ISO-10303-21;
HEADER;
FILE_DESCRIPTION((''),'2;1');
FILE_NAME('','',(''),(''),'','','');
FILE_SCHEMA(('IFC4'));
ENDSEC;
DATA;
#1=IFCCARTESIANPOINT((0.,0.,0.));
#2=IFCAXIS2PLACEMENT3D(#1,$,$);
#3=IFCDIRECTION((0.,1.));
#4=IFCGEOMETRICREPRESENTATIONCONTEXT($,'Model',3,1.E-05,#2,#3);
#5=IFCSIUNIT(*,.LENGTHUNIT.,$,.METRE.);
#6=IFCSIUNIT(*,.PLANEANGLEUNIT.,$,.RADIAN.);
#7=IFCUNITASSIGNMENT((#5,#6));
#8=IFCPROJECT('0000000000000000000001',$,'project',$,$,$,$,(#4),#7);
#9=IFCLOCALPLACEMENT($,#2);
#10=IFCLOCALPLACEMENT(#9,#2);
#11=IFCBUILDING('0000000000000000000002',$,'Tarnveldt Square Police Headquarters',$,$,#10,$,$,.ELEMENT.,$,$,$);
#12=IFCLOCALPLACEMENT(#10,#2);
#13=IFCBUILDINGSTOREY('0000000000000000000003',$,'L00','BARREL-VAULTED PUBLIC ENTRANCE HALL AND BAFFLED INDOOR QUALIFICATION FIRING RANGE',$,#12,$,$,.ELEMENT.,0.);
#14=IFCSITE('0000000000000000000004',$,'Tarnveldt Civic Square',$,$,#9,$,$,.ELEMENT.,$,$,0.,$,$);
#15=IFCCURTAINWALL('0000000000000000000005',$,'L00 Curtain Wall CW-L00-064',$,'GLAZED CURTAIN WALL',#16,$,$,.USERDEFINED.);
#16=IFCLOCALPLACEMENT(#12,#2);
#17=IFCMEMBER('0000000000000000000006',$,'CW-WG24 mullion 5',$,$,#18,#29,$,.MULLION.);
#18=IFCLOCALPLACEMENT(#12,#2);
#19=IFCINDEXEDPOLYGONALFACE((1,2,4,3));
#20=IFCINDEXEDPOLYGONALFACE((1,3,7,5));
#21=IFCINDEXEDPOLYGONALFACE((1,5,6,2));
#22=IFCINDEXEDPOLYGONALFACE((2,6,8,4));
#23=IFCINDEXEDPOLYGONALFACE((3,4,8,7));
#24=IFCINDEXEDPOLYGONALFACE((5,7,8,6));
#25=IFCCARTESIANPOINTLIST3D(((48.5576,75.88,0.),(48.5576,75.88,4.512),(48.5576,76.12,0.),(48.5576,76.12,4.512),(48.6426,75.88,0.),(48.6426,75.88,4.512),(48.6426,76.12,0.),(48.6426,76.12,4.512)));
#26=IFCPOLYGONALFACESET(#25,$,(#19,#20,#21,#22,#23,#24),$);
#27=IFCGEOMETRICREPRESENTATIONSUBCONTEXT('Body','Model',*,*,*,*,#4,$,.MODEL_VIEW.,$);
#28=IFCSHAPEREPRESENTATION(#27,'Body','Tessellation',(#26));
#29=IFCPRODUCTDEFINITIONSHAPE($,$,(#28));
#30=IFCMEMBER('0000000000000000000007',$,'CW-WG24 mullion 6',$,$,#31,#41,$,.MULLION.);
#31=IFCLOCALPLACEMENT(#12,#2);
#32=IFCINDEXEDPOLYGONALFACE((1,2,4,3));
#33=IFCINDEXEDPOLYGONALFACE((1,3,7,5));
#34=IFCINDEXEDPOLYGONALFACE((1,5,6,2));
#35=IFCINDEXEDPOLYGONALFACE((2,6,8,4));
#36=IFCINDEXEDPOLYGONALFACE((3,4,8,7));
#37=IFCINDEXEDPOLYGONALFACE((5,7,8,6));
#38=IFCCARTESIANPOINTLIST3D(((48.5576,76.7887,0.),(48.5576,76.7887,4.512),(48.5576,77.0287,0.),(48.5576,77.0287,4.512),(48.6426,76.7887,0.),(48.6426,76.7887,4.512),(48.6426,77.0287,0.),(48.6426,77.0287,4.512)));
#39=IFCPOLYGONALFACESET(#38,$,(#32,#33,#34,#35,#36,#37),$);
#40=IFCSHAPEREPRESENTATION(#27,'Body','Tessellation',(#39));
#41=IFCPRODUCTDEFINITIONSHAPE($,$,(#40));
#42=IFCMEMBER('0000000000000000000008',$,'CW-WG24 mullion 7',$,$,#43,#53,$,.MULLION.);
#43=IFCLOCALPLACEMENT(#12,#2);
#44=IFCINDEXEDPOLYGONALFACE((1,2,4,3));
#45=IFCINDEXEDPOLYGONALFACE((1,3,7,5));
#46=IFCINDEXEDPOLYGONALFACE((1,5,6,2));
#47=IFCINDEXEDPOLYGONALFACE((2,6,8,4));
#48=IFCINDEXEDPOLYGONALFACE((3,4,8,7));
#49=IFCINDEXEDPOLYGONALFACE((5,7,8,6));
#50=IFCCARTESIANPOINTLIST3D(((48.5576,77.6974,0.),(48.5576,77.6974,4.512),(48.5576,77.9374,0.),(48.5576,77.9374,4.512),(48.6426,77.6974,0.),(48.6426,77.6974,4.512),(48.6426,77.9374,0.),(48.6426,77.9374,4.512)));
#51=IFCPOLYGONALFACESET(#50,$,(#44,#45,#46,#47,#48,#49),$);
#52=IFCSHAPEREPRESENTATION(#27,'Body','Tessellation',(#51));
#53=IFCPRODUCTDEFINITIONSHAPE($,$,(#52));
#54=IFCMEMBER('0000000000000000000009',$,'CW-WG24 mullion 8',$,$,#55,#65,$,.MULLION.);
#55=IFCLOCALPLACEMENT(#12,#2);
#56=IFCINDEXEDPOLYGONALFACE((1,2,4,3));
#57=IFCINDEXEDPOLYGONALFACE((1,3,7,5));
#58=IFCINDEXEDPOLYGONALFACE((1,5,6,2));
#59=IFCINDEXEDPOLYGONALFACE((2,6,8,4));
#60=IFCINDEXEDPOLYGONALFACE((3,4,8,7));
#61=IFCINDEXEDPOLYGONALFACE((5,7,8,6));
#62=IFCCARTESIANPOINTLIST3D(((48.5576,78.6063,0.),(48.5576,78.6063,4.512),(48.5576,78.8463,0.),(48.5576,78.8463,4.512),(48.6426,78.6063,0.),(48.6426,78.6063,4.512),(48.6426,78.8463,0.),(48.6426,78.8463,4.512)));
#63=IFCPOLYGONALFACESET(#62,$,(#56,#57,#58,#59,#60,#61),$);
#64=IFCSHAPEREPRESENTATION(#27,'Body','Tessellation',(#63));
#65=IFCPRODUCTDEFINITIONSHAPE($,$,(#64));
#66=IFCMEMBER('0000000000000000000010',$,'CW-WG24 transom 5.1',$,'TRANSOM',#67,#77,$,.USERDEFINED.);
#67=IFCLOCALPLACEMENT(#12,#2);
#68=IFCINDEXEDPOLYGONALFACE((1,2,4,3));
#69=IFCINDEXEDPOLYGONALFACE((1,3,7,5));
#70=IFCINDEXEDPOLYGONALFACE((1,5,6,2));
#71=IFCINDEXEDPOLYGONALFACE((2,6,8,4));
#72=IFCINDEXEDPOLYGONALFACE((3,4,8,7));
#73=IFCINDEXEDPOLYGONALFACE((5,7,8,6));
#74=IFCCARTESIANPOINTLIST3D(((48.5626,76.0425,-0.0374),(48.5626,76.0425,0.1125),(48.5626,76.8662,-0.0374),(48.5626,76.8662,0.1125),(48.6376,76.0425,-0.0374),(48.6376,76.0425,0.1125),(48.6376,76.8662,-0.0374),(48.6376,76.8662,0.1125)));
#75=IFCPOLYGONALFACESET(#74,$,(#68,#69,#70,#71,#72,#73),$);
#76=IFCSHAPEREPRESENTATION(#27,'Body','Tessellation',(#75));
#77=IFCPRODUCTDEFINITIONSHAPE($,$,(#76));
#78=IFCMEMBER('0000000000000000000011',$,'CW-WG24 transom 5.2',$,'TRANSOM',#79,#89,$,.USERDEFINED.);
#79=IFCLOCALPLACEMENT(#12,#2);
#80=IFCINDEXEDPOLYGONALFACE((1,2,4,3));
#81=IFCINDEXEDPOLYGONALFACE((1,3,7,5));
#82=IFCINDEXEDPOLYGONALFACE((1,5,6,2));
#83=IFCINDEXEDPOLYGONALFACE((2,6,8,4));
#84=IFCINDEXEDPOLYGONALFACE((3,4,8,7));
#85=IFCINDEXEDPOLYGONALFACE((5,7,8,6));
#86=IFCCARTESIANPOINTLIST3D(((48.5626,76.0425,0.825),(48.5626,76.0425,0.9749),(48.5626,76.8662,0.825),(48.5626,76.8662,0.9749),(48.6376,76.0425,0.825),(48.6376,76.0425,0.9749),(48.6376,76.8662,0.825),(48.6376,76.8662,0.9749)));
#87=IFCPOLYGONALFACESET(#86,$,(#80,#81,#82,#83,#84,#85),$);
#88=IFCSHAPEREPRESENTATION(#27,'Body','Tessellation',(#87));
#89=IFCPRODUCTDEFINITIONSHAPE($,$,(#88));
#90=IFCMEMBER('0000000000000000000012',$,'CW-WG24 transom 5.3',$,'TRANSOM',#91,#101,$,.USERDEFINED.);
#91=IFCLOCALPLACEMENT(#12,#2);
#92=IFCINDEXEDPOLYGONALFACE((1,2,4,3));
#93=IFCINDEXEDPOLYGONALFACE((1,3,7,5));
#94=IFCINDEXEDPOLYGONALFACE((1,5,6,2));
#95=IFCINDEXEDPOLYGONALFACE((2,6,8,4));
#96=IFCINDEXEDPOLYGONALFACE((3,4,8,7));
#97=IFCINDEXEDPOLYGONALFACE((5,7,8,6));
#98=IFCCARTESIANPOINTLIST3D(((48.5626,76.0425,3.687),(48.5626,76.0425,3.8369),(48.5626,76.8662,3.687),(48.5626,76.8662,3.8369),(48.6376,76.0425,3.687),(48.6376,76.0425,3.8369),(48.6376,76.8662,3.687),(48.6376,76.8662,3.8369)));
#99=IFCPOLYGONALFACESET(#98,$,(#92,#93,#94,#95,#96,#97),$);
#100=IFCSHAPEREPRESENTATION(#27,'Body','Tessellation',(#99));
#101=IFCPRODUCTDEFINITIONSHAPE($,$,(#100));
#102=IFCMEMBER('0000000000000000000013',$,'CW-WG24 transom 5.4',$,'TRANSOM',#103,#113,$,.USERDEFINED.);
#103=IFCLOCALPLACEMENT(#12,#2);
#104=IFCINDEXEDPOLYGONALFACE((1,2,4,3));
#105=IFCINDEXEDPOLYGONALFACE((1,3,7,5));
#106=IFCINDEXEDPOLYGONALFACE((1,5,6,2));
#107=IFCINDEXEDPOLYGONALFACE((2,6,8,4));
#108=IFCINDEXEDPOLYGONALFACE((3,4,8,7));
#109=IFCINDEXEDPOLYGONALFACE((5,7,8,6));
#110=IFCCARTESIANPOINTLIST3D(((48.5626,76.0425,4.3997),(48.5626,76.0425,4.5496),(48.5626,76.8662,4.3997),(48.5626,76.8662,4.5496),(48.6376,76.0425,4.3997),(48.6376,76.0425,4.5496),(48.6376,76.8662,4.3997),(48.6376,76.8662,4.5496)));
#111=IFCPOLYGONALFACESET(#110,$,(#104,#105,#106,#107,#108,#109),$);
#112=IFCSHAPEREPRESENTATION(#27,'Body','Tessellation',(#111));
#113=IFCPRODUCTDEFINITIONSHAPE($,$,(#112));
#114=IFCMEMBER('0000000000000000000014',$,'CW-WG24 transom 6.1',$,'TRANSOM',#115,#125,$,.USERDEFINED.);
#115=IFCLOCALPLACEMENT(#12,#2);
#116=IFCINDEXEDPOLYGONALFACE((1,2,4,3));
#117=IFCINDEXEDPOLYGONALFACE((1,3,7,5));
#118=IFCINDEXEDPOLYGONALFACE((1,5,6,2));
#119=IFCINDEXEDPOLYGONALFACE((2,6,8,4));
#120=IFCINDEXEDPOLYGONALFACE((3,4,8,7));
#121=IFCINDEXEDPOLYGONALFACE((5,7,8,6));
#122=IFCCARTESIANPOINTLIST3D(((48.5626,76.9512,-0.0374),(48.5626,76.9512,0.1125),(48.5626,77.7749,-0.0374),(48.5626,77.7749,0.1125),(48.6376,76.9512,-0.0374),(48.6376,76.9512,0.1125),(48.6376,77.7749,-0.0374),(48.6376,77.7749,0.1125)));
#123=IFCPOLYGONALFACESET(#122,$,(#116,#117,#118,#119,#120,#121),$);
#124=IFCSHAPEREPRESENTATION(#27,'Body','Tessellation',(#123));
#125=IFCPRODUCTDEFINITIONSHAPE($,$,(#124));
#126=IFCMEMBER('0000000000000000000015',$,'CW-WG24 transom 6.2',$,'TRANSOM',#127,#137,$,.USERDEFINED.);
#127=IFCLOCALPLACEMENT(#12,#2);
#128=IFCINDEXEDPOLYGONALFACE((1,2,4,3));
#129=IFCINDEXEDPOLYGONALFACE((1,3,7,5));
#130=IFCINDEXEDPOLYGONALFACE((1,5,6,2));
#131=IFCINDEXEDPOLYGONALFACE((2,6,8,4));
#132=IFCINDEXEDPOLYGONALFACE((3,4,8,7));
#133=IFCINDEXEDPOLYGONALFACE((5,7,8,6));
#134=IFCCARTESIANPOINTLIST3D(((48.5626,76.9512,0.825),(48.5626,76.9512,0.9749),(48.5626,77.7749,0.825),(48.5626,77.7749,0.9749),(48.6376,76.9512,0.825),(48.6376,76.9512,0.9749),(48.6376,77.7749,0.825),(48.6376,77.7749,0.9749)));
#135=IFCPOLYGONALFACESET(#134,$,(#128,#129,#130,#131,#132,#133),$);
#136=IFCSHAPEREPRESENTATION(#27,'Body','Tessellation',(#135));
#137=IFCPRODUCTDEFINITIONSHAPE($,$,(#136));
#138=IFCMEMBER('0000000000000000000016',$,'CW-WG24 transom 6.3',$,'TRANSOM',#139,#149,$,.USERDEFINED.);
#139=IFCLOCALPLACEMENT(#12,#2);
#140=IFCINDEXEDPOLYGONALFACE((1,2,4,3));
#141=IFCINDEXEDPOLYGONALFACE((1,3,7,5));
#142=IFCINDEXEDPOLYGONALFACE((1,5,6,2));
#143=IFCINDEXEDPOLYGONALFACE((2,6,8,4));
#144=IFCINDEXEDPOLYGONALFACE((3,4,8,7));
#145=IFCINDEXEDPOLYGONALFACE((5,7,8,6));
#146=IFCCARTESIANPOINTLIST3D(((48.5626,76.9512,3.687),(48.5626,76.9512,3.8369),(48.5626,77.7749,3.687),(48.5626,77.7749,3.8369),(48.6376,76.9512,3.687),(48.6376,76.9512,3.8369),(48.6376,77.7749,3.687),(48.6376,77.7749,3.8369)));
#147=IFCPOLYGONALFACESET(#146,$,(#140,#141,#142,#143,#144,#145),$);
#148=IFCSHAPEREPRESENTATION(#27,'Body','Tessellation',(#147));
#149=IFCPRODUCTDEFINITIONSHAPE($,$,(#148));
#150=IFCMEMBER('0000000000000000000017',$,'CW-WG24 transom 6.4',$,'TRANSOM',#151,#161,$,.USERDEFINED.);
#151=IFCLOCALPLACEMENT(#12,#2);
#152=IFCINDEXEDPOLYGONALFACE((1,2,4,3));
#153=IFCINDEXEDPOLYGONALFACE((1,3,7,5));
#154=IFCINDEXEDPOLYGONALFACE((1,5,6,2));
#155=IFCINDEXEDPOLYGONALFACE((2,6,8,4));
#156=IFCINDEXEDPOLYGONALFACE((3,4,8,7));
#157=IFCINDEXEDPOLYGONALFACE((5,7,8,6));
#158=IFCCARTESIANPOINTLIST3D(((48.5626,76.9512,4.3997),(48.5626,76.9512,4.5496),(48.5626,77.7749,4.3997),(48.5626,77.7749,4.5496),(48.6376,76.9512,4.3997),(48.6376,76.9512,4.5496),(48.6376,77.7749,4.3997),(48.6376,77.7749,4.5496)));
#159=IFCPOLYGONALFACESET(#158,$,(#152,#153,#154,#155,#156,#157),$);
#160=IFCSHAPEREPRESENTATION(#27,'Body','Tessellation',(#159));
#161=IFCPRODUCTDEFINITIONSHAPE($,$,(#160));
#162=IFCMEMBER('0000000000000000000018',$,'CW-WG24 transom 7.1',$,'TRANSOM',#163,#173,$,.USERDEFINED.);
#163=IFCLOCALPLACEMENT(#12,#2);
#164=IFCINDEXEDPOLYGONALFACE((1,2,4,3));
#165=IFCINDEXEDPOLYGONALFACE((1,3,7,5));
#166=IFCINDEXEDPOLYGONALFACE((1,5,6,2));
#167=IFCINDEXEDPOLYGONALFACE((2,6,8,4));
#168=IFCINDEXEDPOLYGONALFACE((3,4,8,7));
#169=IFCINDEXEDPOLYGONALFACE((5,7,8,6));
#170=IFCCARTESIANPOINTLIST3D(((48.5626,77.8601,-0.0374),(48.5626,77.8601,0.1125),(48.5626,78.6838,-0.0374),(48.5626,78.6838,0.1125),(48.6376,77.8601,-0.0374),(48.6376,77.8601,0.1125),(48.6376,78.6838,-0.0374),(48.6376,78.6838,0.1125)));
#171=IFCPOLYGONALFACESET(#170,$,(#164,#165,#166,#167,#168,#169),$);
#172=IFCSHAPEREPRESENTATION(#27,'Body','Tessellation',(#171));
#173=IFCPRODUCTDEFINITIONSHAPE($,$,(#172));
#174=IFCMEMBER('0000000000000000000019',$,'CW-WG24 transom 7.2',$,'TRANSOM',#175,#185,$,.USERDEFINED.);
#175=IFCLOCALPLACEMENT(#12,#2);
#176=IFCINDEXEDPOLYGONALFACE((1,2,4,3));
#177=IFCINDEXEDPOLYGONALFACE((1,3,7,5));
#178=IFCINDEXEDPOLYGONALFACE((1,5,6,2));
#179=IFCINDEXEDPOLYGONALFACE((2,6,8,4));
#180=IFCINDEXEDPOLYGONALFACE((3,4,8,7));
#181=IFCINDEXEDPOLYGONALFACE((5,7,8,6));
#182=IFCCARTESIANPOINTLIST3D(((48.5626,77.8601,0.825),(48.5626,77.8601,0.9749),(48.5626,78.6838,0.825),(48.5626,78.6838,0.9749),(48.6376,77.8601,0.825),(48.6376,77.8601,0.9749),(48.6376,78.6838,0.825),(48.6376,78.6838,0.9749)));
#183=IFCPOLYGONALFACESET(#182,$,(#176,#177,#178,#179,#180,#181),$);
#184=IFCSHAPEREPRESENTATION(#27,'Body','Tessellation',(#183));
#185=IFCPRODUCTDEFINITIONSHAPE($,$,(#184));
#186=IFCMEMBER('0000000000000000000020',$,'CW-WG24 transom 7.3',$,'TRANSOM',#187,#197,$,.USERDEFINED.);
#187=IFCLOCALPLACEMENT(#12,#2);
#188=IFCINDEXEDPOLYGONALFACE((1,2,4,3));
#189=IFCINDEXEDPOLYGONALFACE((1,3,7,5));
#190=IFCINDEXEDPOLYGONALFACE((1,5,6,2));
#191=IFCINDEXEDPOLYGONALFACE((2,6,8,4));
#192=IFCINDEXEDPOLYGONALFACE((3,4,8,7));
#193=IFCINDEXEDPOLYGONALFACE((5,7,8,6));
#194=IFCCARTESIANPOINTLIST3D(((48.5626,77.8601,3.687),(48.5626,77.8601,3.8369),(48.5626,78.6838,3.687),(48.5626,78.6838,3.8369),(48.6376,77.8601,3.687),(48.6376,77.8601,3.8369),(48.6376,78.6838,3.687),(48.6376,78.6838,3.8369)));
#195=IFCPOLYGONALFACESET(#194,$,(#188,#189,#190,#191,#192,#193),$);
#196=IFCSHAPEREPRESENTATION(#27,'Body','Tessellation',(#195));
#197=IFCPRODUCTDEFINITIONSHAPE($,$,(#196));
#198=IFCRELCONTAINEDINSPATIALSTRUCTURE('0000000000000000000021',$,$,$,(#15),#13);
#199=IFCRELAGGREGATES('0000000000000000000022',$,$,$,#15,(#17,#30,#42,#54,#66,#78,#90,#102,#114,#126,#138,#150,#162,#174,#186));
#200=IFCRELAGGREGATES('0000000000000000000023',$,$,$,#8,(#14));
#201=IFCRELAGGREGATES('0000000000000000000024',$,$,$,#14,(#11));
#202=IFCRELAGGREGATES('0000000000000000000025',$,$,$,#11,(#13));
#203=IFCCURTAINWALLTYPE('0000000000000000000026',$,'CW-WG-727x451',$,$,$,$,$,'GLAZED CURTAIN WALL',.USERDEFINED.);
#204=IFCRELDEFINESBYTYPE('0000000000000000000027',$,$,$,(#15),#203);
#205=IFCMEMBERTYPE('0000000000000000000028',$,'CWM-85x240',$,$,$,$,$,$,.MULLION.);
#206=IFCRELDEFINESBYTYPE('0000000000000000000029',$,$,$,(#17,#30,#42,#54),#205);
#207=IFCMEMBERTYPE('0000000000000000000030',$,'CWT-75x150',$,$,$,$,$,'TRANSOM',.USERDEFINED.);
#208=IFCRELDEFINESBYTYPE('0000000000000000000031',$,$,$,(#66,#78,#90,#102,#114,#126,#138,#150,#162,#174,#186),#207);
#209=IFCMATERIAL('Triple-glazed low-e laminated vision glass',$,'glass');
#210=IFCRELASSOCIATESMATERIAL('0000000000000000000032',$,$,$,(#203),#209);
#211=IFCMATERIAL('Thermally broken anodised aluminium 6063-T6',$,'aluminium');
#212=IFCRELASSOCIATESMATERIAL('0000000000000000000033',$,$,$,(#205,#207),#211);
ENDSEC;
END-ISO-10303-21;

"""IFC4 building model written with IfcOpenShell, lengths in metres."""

from ifc_helpers import new_model, si_unit, direction, frame, origin, origin_2d, place, context, subcontext, project, spatial, rectangle, extrude, material, material_profile, profile_set, type_object, element, aggregate, save


model = new_model("IFC4")

# Units and contexts
model_context = context("Model", 3, precision=1e-05, world=origin(), true_north=direction((0.0, 1.0)))
body_context = subcontext(model_context, "Body", "Model", "MODEL_VIEW")
ifc_project = project(units=[si_unit("LENGTHUNIT", "METRE"), si_unit("PLANEANGLEUNIT", "RADIAN")], contexts=[model_context])

# Site, building, storey
site_placement = place(None, origin())
site = spatial("IfcSite", under=ifc_project, at=site_placement, Name="Tarnveldt Civic Square", CompositionType="ELEMENT", RefElevation=0.0)
building_placement = place(site_placement, origin())
building = spatial("IfcBuilding", under=site, at=building_placement, Name="Tarnveldt Square Police Headquarters", CompositionType="ELEMENT")
storey_placement = place(building_placement, origin())
storey = spatial("IfcBuildingStorey", under=building, at=storey_placement, Name="L00", Description="BARREL-VAULTED PUBLIC ENTRANCE HALL AND BAFFLED INDOOR QUALIFICATION FIRING RANGE", CompositionType="ELEMENT", Elevation=0.0)

# Curtain wall, members
ifc_material_1 = material(Name="Triple-glazed low-e laminated vision glass", Category="glass")
curtain_wall_type = type_object("IfcCurtainWallType", Name="CW-WG-727x451", ElementType="GLAZED CURTAIN WALL", PredefinedType="USERDEFINED", material=ifc_material_1)
curtain_wall_placement = place(storey_placement, origin())
curtain_wall = element("IfcCurtainWall", 1, at=curtain_wall_placement, inside=storey, type_object=curtain_wall_type, Name="L00 Curtain Wall CW-L00-064", ObjectType="GLAZED CURTAIN WALL", PredefinedType="USERDEFINED")
ifc_material_2 = material(Name="Thermally broken anodised aluminium 6063-T6", Category="aluminium")
ifc_material_profile_1 = material_profile(ifc_material_2, rectangle(XDim=0.085, YDim=0.24, at=origin_2d()), Name="CW-M85x240")
ifc_profile_set_1 = profile_set([ifc_material_profile_1], Name="Thermally broken anodised aluminium 6063-T6")
member_type_1 = type_object("IfcMemberType", Name="CWM-85x240", PredefinedType="MULLION", material=ifc_profile_set_1)
member_1_placement = place(storey_placement, frame((48.6001, 76.0, 0.0), z_axis=(0.0, 0.0, 1.0), x_axis=(-1.0, 0.0, 0.0)))
member_1 = element("IfcMember", 2, at=member_1_placement, type_object=member_type_1, Name="CW-WG24 mullion 5", PredefinedType="MULLION", context=body_context, shape_type="SweptSolid", body=[
    extrude(rectangle(XDim=0.085, YDim=0.24, at=origin_2d()), origin(), (0.0, 0.0, 1.0), 4.512),
])
member_2_placement = place(storey_placement, frame((48.6001, 76.9087, 0.0), z_axis=(0.0, 0.0, 1.0), x_axis=(-1.0, 0.0, 0.0)))
member_2 = element("IfcMember", 3, at=member_2_placement, type_object=member_type_1, Name="CW-WG24 mullion 6", PredefinedType="MULLION", context=body_context, shape_type="SweptSolid", body=[
    extrude(rectangle(XDim=0.085, YDim=0.24, at=origin_2d()), origin(), (0.0, 0.0, 1.0), 4.512),
])
member_3_placement = place(storey_placement, frame((48.6001, 77.8174, 0.0), z_axis=(0.0, 0.0, 1.0), x_axis=(-1.0, 0.0, 0.0)))
member_3 = element("IfcMember", 4, at=member_3_placement, type_object=member_type_1, Name="CW-WG24 mullion 7", PredefinedType="MULLION", context=body_context, shape_type="SweptSolid", body=[
    extrude(rectangle(XDim=0.085, YDim=0.24, at=origin_2d()), origin(), (0.0, 0.0, 1.0), 4.512),
])
member_4_placement = place(storey_placement, frame((48.6001, 78.7263, 0.0), z_axis=(0.0, 0.0, 1.0), x_axis=(-1.0, 0.0, 0.0)))
member_4 = element("IfcMember", 5, at=member_4_placement, type_object=member_type_1, Name="CW-WG24 mullion 8", PredefinedType="MULLION", context=body_context, shape_type="SweptSolid", body=[
    extrude(rectangle(XDim=0.085, YDim=0.24, at=origin_2d()), origin(), (0.0, 0.0, 1.0), 4.512),
])
ifc_material_profile_2 = material_profile(ifc_material_2, rectangle(XDim=0.075, YDim=0.1499, at=origin_2d()), Name="CW-T75x150")
ifc_profile_set_2 = profile_set([ifc_material_profile_2], Name="Thermally broken anodised aluminium 6063-T6")
member_type_2 = type_object("IfcMemberType", Name="CWT-75x150", ElementType="TRANSOM", PredefinedType="USERDEFINED", material=ifc_profile_set_2)
member_5_placement = place(storey_placement, frame((48.6001, 76.0425, 0.0376), z_axis=(0.0, 1.0, 0.0), x_axis=(-1.0, 0.0, 0.0)))
member_5 = element("IfcMember", 6, at=member_5_placement, type_object=member_type_2, Name="CW-WG24 transom 5.1", ObjectType="TRANSOM", PredefinedType="USERDEFINED", context=body_context, shape_type="SweptSolid", body=[
    extrude(rectangle(XDim=0.075, YDim=0.1499, at=origin_2d()), origin(), (0.0, 0.0, 1.0), 0.8237),
])
member_6_placement = place(storey_placement, frame((48.6001, 76.0425, 0.8999), z_axis=(0.0, 1.0, 0.0), x_axis=(-1.0, 0.0, 0.0)))
member_6 = element("IfcMember", 7, at=member_6_placement, type_object=member_type_2, Name="CW-WG24 transom 5.2", ObjectType="TRANSOM", PredefinedType="USERDEFINED", context=body_context, shape_type="SweptSolid", body=[
    extrude(rectangle(XDim=0.075, YDim=0.1499, at=origin_2d()), origin(), (0.0, 0.0, 1.0), 0.8237),
])
member_7_placement = place(storey_placement, frame((48.6001, 76.0425, 3.762), z_axis=(0.0, 1.0, 0.0), x_axis=(-1.0, 0.0, 0.0)))
member_7 = element("IfcMember", 8, at=member_7_placement, type_object=member_type_2, Name="CW-WG24 transom 5.3", ObjectType="TRANSOM", PredefinedType="USERDEFINED", context=body_context, shape_type="SweptSolid", body=[
    extrude(rectangle(XDim=0.075, YDim=0.1499, at=origin_2d()), origin(), (0.0, 0.0, 1.0), 0.8237),
])
member_8_placement = place(storey_placement, frame((48.6001, 76.0425, 4.4746), z_axis=(0.0, 1.0, 0.0), x_axis=(-1.0, 0.0, 0.0)))
member_8 = element("IfcMember", 9, at=member_8_placement, type_object=member_type_2, Name="CW-WG24 transom 5.4", ObjectType="TRANSOM", PredefinedType="USERDEFINED", context=body_context, shape_type="SweptSolid", body=[
    extrude(rectangle(XDim=0.075, YDim=0.1499, at=origin_2d()), origin(), (0.0, 0.0, 1.0), 0.8237),
])
member_9_placement = place(storey_placement, frame((48.6001, 76.9512, 0.0376), z_axis=(0.0, 1.0, 0.0), x_axis=(-1.0, 0.0, 0.0)))
member_9 = element("IfcMember", 10, at=member_9_placement, type_object=member_type_2, Name="CW-WG24 transom 6.1", ObjectType="TRANSOM", PredefinedType="USERDEFINED", context=body_context, shape_type="SweptSolid", body=[
    extrude(rectangle(XDim=0.075, YDim=0.1499, at=origin_2d()), origin(), (0.0, 0.0, 1.0), 0.8237),
])
member_10_placement = place(storey_placement, frame((48.6001, 76.9512, 0.8999), z_axis=(0.0, 1.0, 0.0), x_axis=(-1.0, 0.0, 0.0)))
member_10 = element("IfcMember", 11, at=member_10_placement, type_object=member_type_2, Name="CW-WG24 transom 6.2", ObjectType="TRANSOM", PredefinedType="USERDEFINED", context=body_context, shape_type="SweptSolid", body=[
    extrude(rectangle(XDim=0.075, YDim=0.1499, at=origin_2d()), origin(), (0.0, 0.0, 1.0), 0.8237),
])
member_11_placement = place(storey_placement, frame((48.6001, 76.9512, 3.762), z_axis=(0.0, 1.0, 0.0), x_axis=(-1.0, 0.0, 0.0)))
member_11 = element("IfcMember", 12, at=member_11_placement, type_object=member_type_2, Name="CW-WG24 transom 6.3", ObjectType="TRANSOM", PredefinedType="USERDEFINED", context=body_context, shape_type="SweptSolid", body=[
    extrude(rectangle(XDim=0.075, YDim=0.1499, at=origin_2d()), origin(), (0.0, 0.0, 1.0), 0.8237),
])
member_12_placement = place(storey_placement, frame((48.6001, 76.9512, 4.4746), z_axis=(0.0, 1.0, 0.0), x_axis=(-1.0, 0.0, 0.0)))
member_12 = element("IfcMember", 13, at=member_12_placement, type_object=member_type_2, Name="CW-WG24 transom 6.4", ObjectType="TRANSOM", PredefinedType="USERDEFINED", context=body_context, shape_type="SweptSolid", body=[
    extrude(rectangle(XDim=0.075, YDim=0.1499, at=origin_2d()), origin(), (0.0, 0.0, 1.0), 0.8237),
])
member_13_placement = place(storey_placement, frame((48.6001, 77.8601, 0.0376), z_axis=(0.0, 1.0, 0.0), x_axis=(-1.0, 0.0, 0.0)))
member_13 = element("IfcMember", 14, at=member_13_placement, type_object=member_type_2, Name="CW-WG24 transom 7.1", ObjectType="TRANSOM", PredefinedType="USERDEFINED", context=body_context, shape_type="SweptSolid", body=[
    extrude(rectangle(XDim=0.075, YDim=0.1499, at=origin_2d()), origin(), (0.0, 0.0, 1.0), 0.8237),
])
member_14_placement = place(storey_placement, frame((48.6001, 77.8601, 0.8999), z_axis=(0.0, 1.0, 0.0), x_axis=(-1.0, 0.0, 0.0)))
member_14 = element("IfcMember", 15, at=member_14_placement, type_object=member_type_2, Name="CW-WG24 transom 7.2", ObjectType="TRANSOM", PredefinedType="USERDEFINED", context=body_context, shape_type="SweptSolid", body=[
    extrude(rectangle(XDim=0.075, YDim=0.1499, at=origin_2d()), origin(), (0.0, 0.0, 1.0), 0.8237),
])
member_15_placement = place(storey_placement, frame((48.6001, 77.8601, 3.762), z_axis=(0.0, 1.0, 0.0), x_axis=(-1.0, 0.0, 0.0)))
member_15 = element("IfcMember", 16, at=member_15_placement, type_object=member_type_2, Name="CW-WG24 transom 7.3", ObjectType="TRANSOM", PredefinedType="USERDEFINED", context=body_context, shape_type="SweptSolid", body=[
    extrude(rectangle(XDim=0.075, YDim=0.1499, at=origin_2d()), origin(), (0.0, 0.0, 1.0), 0.8237),
])
aggregate(curtain_wall, [member_1, member_2, member_3, member_4, member_5, member_6, member_7, member_8, member_9, member_10, member_11, member_12, member_13, member_14, member_15])

save(model, "model.ifc")
